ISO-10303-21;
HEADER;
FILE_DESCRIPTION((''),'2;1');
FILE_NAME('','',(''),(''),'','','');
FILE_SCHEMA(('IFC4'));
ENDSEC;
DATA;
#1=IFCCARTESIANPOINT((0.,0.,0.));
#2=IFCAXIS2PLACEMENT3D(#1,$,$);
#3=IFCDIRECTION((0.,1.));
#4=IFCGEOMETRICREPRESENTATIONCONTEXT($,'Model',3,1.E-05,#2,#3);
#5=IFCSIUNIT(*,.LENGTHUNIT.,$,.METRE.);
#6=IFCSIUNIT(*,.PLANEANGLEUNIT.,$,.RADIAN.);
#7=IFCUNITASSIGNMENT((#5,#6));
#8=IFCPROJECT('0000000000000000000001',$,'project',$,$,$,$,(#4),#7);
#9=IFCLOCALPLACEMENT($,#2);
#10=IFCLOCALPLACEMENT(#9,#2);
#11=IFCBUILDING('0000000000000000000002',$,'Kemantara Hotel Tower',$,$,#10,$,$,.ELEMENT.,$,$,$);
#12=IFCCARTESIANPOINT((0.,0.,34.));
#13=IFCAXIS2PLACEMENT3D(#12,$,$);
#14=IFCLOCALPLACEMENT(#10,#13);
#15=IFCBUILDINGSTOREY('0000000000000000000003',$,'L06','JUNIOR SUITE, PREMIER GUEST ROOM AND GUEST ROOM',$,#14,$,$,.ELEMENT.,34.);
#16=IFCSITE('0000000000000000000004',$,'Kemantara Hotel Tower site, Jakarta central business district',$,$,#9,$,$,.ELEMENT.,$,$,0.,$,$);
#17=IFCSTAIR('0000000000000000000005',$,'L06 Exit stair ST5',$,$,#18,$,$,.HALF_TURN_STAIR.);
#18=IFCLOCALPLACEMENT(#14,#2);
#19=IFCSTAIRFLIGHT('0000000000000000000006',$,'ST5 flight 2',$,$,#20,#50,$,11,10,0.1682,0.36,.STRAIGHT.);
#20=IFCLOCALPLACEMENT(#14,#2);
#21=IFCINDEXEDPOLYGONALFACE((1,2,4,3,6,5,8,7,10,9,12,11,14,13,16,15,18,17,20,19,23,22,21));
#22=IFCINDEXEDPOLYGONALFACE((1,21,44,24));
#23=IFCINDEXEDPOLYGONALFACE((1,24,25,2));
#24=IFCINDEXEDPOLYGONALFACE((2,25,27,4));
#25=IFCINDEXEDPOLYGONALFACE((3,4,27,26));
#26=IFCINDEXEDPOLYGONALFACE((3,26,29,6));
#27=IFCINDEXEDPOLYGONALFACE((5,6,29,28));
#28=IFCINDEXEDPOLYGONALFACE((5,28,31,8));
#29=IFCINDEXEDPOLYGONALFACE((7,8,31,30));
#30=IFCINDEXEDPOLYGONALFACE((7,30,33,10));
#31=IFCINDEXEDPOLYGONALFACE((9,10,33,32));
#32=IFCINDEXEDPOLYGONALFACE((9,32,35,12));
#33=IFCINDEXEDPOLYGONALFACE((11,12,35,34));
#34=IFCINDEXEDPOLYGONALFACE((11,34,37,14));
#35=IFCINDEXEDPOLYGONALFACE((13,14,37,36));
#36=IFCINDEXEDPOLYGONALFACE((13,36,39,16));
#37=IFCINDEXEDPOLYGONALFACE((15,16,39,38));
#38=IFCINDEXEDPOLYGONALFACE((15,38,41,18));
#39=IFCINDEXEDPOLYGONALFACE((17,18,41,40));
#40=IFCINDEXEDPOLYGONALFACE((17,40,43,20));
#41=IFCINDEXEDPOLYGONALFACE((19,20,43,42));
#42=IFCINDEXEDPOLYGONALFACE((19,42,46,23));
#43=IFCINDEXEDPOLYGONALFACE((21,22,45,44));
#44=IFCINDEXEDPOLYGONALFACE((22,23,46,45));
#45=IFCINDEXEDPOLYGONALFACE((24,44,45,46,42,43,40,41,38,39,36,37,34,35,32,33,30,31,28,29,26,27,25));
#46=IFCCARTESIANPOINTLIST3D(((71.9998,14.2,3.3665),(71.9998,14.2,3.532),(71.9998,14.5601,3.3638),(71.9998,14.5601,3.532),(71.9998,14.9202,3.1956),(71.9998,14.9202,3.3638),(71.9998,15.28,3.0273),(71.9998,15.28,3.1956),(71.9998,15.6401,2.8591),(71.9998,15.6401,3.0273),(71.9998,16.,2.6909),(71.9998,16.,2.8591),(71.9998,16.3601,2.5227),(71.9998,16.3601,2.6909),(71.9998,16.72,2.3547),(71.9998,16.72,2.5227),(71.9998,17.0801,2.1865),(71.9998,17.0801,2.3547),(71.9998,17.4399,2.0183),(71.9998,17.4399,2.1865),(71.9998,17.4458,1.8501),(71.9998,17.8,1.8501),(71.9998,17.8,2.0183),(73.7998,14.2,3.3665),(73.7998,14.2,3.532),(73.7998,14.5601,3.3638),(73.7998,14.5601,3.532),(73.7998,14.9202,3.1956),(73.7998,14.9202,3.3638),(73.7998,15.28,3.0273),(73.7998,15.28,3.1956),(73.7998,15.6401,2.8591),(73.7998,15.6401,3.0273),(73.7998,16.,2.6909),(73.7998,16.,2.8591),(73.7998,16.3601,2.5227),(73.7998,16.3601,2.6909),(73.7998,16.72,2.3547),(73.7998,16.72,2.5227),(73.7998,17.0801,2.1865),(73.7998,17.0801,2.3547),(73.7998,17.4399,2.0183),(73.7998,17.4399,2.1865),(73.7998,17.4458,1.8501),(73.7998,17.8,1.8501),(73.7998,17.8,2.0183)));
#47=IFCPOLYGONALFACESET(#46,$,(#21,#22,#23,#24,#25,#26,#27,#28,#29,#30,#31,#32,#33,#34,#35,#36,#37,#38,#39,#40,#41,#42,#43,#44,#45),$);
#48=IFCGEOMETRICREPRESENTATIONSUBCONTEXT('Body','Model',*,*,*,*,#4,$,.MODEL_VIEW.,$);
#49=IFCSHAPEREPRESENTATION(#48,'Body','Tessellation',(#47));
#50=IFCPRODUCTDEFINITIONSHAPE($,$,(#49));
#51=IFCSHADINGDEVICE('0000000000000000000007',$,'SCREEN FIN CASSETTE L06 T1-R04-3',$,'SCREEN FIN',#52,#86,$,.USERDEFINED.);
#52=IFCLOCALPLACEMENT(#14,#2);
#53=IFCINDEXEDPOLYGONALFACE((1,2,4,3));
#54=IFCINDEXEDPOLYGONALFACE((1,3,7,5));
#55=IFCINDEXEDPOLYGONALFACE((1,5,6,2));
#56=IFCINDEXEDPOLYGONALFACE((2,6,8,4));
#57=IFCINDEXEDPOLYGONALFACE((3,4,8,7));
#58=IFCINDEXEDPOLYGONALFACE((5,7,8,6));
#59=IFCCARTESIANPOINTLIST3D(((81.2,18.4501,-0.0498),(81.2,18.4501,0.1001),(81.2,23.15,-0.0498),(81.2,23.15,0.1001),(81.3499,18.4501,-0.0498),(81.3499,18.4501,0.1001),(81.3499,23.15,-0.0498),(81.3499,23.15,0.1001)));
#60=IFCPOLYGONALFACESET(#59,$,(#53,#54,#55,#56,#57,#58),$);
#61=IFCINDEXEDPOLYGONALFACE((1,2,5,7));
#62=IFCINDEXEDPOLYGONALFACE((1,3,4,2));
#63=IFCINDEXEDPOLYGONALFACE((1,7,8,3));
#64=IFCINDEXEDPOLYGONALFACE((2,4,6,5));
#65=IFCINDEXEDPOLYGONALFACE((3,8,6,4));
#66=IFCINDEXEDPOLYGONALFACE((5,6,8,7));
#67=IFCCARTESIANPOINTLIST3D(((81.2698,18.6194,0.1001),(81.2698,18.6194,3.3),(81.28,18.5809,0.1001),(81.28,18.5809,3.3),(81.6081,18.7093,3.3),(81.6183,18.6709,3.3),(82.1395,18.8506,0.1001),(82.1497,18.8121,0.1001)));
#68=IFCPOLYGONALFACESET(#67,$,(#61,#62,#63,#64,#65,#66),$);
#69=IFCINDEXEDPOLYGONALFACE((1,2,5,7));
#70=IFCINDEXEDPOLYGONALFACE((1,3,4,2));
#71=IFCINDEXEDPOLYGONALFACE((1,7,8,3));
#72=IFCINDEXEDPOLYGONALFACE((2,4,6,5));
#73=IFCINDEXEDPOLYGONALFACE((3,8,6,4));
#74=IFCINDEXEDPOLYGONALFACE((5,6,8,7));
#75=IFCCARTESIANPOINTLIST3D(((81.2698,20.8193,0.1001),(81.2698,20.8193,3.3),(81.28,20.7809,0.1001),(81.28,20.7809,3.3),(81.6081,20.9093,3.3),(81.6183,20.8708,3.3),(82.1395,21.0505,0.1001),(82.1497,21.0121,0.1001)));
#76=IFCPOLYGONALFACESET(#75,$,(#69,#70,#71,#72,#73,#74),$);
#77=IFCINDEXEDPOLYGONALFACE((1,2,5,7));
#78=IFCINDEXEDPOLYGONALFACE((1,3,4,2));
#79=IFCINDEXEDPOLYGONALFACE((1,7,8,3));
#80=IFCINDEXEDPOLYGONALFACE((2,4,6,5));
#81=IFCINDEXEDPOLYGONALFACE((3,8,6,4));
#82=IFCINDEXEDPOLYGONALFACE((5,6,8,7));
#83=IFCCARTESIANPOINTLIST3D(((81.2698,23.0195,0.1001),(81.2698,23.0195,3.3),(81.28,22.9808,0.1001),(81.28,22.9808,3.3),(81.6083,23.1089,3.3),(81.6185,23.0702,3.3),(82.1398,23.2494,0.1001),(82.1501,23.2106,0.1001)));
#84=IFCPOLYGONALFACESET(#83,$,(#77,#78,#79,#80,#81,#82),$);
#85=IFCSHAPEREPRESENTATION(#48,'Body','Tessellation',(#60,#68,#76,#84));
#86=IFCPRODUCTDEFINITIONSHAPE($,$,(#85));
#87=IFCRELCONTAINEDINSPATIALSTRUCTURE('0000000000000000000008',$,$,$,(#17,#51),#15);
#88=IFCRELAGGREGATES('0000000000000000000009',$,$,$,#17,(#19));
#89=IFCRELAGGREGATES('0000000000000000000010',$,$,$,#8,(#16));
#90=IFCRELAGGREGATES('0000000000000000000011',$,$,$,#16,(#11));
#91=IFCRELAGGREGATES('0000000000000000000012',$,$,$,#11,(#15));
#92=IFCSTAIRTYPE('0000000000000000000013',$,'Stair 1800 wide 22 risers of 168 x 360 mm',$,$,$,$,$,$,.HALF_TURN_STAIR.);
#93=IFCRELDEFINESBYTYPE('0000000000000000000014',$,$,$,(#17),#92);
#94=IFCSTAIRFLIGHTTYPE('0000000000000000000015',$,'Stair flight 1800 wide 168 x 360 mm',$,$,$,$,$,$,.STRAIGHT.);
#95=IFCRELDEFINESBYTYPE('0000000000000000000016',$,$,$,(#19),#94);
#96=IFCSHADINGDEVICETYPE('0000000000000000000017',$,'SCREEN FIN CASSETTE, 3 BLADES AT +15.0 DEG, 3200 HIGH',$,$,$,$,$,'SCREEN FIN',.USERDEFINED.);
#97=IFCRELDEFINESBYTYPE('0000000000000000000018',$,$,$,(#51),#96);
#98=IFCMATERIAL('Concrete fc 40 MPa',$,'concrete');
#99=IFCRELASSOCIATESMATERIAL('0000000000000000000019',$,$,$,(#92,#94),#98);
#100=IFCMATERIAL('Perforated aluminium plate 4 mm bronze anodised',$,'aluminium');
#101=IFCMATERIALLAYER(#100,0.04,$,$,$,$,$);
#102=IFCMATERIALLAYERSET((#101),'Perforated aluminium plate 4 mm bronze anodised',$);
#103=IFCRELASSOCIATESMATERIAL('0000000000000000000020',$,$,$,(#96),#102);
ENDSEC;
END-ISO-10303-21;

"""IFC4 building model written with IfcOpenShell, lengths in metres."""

from ifc_helpers import new_model, si_unit, direction, frame, origin, origin_2d, place, context, subcontext, project, spatial, polyline, rectangle, outline, extrude, source, transform, mapped, material, layer, layer_set, type_object, element, aggregate, save


model = new_model("IFC4")

# Units and contexts
model_context = context("Model", 3, precision=1e-05, world=origin(), true_north=direction((0.0, 1.0)))
body_context = subcontext(model_context, "Body", "Model", "MODEL_VIEW")
ifc_project = project(units=[si_unit("LENGTHUNIT", "METRE"), si_unit("PLANEANGLEUNIT", "RADIAN")], contexts=[model_context])

# Site, building, storey
site_placement = place(None, origin())
site = spatial("IfcSite", under=ifc_project, at=site_placement, Name="Kemantara Hotel Tower site, Jakarta central business district", CompositionType="ELEMENT", RefElevation=0.0)
building_placement = place(site_placement, origin())
building = spatial("IfcBuilding", under=site, at=building_placement, Name="Kemantara Hotel Tower", CompositionType="ELEMENT")
storey_placement = place(building_placement, frame((0.0, 0.0, 34.0)))
storey = spatial("IfcBuildingStorey", under=building, at=storey_placement, Name="L06", Description="JUNIOR SUITE, PREMIER GUEST ROOM AND GUEST ROOM", CompositionType="ELEMENT", Elevation=34.0)

# Shared definitions
ifc_material_1 = material(Name="Concrete fc 40 MPa", Category="concrete")

# Stair, stair flight
stair_type = type_object("IfcStairType", Name="Stair 1800 wide 22 risers of 168 x 360 mm", PredefinedType="HALF_TURN_STAIR", material=ifc_material_1)
stair_flight_type = type_object("IfcStairFlightType", Name="Stair flight 1800 wide 168 x 360 mm", PredefinedType="STRAIGHT", material=ifc_material_1)
stair_1_placement = place(storey_placement, origin())
stair_1 = element("IfcStair", 1, at=stair_1_placement, inside=storey, type_object=stair_type, Name="L06 Exit stair ST5", PredefinedType="HALF_TURN_STAIR")
stair_flight_1_placement = place(storey_placement, frame((72.8999, 17.8, 1.8501), z_axis=(0.0, 0.0, 1.0), x_axis=(0.0, -1.0, 0.0)))
stair_flight_1 = element("IfcStairFlight", 2, at=stair_flight_1_placement, type_object=stair_flight_type, Name="ST5 flight 2", NumberOfRisers=11, NumberOfTreads=10, PredefinedType="STRAIGHT", RiserHeight=0.1682, TreadLength=0.36, context=body_context, shape_type="SweptSolid", body=[
    extrude(outline(polyline([(0.0, 0.0), (0.0, 0.1682), (0.3601, 0.1682), (0.3601, 0.3364), (0.72, 0.3364), (0.72, 0.5046), (1.0801, 0.5046), (1.0801, 0.6726), (1.4399, 0.6726), (1.4399, 0.8408), (1.8, 0.8408), (1.8, 1.009), (2.1599, 1.009), (2.1599, 1.1772), (2.52, 1.1772), (2.52, 1.3455), (2.8799, 1.3455), (2.8799, 1.5137), (3.24, 1.5137), (3.24, 1.6819), (3.6001, 1.6819), (3.6001, 1.8501), (3.6001, 1.5164), (0.3542, 0.0), (0.0, 0.0)])), frame((0.0, 0.8999, 0.0), z_axis=(0.0, -1.0, 0.0), x_axis=(1.0, 0.0, 0.0)), (0.0, 0.0, 1.0), 1.8),
])
aggregate(stair_1, [stair_flight_1])

# Shading device
ifc_material_2 = material(Name="Perforated aluminium plate 4 mm bronze anodised", Category="aluminium")
ifc_layer_1 = layer(ifc_material_2, 0.04)
ifc_layer_set_1 = layer_set([ifc_layer_1], Name="Perforated aluminium plate 4 mm bronze anodised")
shading_device_type = type_object("IfcShadingDeviceType", Name="SCREEN FIN CASSETTE, 3 BLADES AT +15.0 DEG, 3200 HIGH", ElementType="SCREEN FIN", PredefinedType="USERDEFINED", material=ifc_layer_set_1)
shared_shape_1 = source(origin(), body_context, "Body", "SweptSolid", [
    extrude(rectangle(XDim=4.7, YDim=0.1499, at=origin_2d()), frame((2.2, -0.075, -0.1499), z_axis=(0.0, 0.0, 1.0), x_axis=(1.0, 0.0, 0.0)), (0.0, 0.0, 1.0), 0.1499),
    extrude(outline(polyline([(0.0, 0.0), (0.8999, 0.0), (0.3501, 3.2), (0.0, 3.2), (0.0, 0.0)])), frame((0.0193, -0.0698, 0.0), z_axis=(-0.966438, -0.256901, 0.0), x_axis=(0.256901, -0.966438, 0.0)), (0.0, 0.0, 1.0), 0.0398),
    extrude(outline(polyline([(0.0, 0.0), (0.8999, 0.0), (0.3501, 3.2), (0.0, 3.2), (0.0, 0.0)])), frame((2.2192, -0.0698, 0.0), z_axis=(-0.966438, -0.256901, 0.0), x_axis=(0.256901, -0.966438, 0.0)), (0.0, 0.0, 1.0), 0.0398),
    extrude(outline(polyline([(0.0, 0.0), (0.8999, 0.0), (0.3501, 3.2), (0.0, 3.2), (0.0, 0.0)])), frame((4.4194, -0.0698, 0.0), z_axis=(-0.966838, -0.255391, 0.0), x_axis=(0.255391, -0.966838, 0.0)), (0.0, 0.0, 1.0), 0.04),
])
shading_device_placement = place(storey_placement, frame((81.2, 18.6001, 0.1001), z_axis=(0.0, 0.0, 1.0), x_axis=(0.0, 1.0, 0.0)))
element("IfcShadingDevice", 3, at=shading_device_placement, inside=storey, type_object=shading_device_type, Name="SCREEN FIN CASSETTE L06 T1-R04-3", ObjectType="SCREEN FIN", PredefinedType="USERDEFINED", context=body_context, shape_type="MappedRepresentation", body=[
    mapped(shared_shape_1, transform((0.0, 0.0, 0.0))),
])

save(model, "model.ifc")
